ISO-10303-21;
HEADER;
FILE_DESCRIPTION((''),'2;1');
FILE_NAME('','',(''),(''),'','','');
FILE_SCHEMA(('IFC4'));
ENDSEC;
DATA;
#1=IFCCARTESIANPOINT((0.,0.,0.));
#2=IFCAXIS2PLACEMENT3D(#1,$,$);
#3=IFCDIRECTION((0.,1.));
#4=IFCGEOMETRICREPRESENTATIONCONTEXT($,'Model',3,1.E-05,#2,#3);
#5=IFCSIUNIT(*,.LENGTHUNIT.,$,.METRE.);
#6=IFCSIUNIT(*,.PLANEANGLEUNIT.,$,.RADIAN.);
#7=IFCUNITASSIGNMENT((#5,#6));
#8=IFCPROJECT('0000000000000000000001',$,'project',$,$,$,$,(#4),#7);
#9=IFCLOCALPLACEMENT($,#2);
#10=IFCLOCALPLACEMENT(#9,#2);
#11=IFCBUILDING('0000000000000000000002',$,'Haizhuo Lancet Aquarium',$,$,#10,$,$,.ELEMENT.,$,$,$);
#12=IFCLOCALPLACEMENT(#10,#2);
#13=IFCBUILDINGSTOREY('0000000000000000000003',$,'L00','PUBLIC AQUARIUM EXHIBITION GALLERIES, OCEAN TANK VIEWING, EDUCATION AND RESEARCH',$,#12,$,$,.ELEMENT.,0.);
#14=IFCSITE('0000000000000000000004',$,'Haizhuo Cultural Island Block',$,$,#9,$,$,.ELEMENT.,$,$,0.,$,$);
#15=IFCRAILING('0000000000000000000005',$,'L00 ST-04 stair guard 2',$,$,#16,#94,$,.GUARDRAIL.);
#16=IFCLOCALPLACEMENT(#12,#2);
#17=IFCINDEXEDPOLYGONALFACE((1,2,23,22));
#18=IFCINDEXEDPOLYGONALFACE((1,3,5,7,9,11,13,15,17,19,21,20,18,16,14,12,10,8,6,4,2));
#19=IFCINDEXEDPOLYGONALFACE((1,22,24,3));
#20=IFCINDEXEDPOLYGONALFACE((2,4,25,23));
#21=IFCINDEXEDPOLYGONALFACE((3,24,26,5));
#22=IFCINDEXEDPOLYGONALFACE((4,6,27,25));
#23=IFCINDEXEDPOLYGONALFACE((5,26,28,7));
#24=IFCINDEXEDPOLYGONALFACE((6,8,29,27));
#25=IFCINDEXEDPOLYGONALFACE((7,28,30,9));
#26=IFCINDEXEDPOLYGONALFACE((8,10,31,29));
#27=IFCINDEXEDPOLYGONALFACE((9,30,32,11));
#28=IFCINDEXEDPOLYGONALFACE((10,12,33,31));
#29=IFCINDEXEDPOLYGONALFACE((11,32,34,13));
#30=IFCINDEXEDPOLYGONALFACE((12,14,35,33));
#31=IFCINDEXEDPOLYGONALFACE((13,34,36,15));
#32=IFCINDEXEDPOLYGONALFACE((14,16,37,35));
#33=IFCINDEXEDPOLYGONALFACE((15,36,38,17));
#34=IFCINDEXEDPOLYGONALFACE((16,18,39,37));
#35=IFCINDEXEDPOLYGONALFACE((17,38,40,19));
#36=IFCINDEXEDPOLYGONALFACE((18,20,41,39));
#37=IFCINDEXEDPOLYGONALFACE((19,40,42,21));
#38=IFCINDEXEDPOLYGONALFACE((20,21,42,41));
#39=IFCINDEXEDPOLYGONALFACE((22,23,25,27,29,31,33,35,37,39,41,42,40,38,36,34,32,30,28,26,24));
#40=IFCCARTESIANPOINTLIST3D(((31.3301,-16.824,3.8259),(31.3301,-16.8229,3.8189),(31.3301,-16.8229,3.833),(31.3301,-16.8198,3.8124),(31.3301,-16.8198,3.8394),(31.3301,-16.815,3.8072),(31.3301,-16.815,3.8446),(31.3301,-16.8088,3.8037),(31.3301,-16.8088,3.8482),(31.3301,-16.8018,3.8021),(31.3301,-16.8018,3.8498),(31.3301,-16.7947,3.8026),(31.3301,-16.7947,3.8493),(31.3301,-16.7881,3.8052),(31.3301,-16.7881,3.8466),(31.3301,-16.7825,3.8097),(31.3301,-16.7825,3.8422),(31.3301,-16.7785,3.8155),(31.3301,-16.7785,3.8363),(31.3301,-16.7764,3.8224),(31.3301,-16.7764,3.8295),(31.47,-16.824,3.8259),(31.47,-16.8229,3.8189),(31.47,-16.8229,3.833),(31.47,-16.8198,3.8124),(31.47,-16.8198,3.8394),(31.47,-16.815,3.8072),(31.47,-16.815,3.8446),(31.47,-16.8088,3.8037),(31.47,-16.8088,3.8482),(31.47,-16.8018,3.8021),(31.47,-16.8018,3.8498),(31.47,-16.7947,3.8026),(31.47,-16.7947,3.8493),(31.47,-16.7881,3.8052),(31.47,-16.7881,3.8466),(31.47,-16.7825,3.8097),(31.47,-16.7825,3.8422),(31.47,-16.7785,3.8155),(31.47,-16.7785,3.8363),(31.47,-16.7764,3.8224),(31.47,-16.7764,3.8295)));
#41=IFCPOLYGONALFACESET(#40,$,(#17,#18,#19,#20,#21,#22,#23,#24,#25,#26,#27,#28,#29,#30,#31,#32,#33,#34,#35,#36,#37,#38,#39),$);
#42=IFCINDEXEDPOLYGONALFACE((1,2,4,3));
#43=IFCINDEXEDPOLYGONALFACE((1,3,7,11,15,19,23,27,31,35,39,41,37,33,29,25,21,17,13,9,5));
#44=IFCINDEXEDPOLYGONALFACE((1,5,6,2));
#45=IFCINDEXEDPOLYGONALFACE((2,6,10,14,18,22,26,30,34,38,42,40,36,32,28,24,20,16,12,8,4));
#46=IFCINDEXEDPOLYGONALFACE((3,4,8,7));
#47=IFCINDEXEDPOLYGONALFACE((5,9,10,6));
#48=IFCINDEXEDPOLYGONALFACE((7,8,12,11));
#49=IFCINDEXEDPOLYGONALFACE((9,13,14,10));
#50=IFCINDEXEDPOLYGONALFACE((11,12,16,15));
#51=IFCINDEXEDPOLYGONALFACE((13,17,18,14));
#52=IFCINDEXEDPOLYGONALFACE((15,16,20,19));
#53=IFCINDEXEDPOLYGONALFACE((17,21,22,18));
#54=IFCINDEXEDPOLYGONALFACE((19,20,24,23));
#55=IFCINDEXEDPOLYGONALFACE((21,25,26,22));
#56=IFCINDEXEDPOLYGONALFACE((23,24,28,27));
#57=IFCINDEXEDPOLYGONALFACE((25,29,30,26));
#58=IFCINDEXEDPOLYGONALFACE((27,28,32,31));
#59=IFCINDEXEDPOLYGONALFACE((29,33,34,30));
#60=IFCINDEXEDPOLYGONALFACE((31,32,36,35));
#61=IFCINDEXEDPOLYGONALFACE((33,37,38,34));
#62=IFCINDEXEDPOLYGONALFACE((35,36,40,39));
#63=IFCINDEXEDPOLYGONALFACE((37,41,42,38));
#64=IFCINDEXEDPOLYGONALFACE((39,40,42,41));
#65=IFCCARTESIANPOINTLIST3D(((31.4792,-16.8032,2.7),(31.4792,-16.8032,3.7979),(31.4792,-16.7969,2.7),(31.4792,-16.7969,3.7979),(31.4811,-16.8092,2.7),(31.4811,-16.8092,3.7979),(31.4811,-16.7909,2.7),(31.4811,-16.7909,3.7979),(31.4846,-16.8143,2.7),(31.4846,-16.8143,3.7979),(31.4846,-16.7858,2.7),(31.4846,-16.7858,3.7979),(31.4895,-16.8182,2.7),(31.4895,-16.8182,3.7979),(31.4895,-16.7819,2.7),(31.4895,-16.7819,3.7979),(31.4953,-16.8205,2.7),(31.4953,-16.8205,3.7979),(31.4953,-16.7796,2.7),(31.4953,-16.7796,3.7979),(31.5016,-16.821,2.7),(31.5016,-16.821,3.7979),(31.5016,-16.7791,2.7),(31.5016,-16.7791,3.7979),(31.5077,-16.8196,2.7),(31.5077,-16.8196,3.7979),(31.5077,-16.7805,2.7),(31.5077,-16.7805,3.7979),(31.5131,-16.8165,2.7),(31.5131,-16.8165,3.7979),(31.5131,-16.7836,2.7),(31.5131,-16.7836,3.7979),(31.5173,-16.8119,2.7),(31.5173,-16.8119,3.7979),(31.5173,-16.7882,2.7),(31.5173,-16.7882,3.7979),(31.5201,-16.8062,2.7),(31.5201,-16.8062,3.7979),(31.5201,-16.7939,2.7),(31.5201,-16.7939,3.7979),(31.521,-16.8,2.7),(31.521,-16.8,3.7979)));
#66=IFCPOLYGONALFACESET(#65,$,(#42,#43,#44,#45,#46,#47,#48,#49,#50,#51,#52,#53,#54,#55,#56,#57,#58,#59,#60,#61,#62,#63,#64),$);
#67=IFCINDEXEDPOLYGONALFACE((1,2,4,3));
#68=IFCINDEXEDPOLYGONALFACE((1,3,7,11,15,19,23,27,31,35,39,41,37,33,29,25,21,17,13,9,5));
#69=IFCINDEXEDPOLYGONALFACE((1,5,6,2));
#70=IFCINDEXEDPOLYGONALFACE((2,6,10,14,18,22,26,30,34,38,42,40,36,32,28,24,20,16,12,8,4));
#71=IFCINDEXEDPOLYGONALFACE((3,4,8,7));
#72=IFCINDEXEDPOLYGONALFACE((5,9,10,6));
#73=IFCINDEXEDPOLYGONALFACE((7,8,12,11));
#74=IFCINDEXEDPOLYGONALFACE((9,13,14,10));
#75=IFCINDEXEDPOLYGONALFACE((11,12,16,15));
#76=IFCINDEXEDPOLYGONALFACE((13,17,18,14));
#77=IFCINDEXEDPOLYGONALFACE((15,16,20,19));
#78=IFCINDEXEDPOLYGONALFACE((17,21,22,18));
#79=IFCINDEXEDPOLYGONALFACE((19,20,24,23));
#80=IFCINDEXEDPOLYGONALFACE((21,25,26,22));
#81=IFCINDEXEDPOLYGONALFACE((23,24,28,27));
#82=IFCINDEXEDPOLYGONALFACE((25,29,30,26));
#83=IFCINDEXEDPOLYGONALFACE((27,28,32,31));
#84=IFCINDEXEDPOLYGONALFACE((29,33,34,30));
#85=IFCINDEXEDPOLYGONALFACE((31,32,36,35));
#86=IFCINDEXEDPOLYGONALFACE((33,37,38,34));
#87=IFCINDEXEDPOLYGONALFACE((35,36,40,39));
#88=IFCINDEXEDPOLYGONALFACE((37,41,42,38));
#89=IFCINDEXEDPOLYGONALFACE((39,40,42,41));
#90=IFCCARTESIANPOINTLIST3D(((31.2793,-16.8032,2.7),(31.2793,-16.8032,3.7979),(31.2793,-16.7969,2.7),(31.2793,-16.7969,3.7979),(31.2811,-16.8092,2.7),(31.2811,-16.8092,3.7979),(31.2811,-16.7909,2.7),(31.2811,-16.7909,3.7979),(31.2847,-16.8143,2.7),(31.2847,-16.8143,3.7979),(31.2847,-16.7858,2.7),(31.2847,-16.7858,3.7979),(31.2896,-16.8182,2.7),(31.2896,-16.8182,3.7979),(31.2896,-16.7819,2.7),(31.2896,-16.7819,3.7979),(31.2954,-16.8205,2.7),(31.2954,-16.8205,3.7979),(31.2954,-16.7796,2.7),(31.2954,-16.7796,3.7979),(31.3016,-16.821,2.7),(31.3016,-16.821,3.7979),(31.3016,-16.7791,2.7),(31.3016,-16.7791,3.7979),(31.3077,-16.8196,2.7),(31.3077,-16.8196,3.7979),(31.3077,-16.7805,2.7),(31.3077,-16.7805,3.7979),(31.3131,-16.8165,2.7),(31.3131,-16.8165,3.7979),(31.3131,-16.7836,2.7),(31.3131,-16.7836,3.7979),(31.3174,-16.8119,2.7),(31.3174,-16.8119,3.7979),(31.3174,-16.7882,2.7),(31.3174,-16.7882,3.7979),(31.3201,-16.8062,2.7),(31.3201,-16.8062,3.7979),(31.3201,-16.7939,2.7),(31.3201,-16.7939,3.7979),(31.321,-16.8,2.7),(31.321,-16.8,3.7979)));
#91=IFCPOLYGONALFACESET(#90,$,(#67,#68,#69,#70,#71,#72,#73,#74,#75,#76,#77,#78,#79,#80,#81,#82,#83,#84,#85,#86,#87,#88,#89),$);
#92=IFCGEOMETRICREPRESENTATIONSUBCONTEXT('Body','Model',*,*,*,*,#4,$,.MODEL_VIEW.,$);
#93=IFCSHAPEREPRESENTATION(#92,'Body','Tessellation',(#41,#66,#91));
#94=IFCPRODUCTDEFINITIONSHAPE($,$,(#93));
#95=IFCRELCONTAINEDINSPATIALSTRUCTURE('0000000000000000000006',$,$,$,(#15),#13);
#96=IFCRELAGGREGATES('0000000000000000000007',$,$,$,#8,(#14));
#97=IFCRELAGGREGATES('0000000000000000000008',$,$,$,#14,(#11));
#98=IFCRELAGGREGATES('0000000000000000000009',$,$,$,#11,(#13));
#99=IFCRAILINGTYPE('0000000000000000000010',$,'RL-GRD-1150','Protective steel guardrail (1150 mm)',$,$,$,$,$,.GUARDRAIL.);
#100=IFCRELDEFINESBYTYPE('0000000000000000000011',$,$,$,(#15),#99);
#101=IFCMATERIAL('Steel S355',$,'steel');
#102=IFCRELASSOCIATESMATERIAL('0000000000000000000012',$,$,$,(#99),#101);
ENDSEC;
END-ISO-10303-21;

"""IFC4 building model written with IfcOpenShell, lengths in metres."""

from ifc_helpers import new_model, si_unit, direction, frame, origin, origin_2d, place, context, subcontext, project, spatial, circle, extrude, material, type_object, element, save


model = new_model("IFC4")

# Units and contexts
model_context = context("Model", 3, precision=1e-05, world=origin(), true_north=direction((0.0, 1.0)))
body_context = subcontext(model_context, "Body", "Model", "MODEL_VIEW")
ifc_project = project(units=[si_unit("LENGTHUNIT", "METRE"), si_unit("PLANEANGLEUNIT", "RADIAN")], contexts=[model_context])

# Site, building, storey
site_placement = place(None, origin())
site = spatial("IfcSite", under=ifc_project, at=site_placement, Name="Haizhuo Cultural Island Block", CompositionType="ELEMENT", RefElevation=0.0)
building_placement = place(site_placement, origin())
building = spatial("IfcBuilding", under=site, at=building_placement, Name="Haizhuo Lancet Aquarium", CompositionType="ELEMENT")
storey_placement = place(building_placement, origin())
storey = spatial("IfcBuildingStorey", under=building, at=storey_placement, Name="L00", Description="PUBLIC AQUARIUM EXHIBITION GALLERIES, OCEAN TANK VIEWING, EDUCATION AND RESEARCH", CompositionType="ELEMENT", Elevation=0.0)

# Shared definitions
ifc_material_1 = material(Name="Steel S355", Category="steel")

# Railing
railing_type_1 = type_object("IfcRailingType", Name="RL-GRD-1150", Description="Protective steel guardrail (1150 mm)", PredefinedType="GUARDRAIL", material=ifc_material_1)
railing_1_placement = place(storey_placement, frame((31.5, -16.8, 2.7)))
element("IfcRailing", 1, at=railing_1_placement, inside=storey, type_object=railing_type_1, Name="L00 ST-04 stair guard 2", PredefinedType="GUARDRAIL", context=body_context, shape_type="SweptSolid", body=[
    extrude(circle(Radius=0.0239, at=origin_2d()), frame((-0.03, 0.0, 1.126), z_axis=(-1.0, 0.0, 0.0), x_axis=(0.0, -1.0, 0.0)), (0.0, 0.0, 1.0), 0.1399),
    extrude(circle(Radius=0.021, at=origin_2d()), origin(), (0.0, 0.0, 1.0), 1.0979),
    extrude(circle(Radius=0.021, at=origin_2d()), frame((-0.2, 0.0, 0.0)), (0.0, 0.0, 1.0), 1.0979),
])

save(model, "model.ifc")
